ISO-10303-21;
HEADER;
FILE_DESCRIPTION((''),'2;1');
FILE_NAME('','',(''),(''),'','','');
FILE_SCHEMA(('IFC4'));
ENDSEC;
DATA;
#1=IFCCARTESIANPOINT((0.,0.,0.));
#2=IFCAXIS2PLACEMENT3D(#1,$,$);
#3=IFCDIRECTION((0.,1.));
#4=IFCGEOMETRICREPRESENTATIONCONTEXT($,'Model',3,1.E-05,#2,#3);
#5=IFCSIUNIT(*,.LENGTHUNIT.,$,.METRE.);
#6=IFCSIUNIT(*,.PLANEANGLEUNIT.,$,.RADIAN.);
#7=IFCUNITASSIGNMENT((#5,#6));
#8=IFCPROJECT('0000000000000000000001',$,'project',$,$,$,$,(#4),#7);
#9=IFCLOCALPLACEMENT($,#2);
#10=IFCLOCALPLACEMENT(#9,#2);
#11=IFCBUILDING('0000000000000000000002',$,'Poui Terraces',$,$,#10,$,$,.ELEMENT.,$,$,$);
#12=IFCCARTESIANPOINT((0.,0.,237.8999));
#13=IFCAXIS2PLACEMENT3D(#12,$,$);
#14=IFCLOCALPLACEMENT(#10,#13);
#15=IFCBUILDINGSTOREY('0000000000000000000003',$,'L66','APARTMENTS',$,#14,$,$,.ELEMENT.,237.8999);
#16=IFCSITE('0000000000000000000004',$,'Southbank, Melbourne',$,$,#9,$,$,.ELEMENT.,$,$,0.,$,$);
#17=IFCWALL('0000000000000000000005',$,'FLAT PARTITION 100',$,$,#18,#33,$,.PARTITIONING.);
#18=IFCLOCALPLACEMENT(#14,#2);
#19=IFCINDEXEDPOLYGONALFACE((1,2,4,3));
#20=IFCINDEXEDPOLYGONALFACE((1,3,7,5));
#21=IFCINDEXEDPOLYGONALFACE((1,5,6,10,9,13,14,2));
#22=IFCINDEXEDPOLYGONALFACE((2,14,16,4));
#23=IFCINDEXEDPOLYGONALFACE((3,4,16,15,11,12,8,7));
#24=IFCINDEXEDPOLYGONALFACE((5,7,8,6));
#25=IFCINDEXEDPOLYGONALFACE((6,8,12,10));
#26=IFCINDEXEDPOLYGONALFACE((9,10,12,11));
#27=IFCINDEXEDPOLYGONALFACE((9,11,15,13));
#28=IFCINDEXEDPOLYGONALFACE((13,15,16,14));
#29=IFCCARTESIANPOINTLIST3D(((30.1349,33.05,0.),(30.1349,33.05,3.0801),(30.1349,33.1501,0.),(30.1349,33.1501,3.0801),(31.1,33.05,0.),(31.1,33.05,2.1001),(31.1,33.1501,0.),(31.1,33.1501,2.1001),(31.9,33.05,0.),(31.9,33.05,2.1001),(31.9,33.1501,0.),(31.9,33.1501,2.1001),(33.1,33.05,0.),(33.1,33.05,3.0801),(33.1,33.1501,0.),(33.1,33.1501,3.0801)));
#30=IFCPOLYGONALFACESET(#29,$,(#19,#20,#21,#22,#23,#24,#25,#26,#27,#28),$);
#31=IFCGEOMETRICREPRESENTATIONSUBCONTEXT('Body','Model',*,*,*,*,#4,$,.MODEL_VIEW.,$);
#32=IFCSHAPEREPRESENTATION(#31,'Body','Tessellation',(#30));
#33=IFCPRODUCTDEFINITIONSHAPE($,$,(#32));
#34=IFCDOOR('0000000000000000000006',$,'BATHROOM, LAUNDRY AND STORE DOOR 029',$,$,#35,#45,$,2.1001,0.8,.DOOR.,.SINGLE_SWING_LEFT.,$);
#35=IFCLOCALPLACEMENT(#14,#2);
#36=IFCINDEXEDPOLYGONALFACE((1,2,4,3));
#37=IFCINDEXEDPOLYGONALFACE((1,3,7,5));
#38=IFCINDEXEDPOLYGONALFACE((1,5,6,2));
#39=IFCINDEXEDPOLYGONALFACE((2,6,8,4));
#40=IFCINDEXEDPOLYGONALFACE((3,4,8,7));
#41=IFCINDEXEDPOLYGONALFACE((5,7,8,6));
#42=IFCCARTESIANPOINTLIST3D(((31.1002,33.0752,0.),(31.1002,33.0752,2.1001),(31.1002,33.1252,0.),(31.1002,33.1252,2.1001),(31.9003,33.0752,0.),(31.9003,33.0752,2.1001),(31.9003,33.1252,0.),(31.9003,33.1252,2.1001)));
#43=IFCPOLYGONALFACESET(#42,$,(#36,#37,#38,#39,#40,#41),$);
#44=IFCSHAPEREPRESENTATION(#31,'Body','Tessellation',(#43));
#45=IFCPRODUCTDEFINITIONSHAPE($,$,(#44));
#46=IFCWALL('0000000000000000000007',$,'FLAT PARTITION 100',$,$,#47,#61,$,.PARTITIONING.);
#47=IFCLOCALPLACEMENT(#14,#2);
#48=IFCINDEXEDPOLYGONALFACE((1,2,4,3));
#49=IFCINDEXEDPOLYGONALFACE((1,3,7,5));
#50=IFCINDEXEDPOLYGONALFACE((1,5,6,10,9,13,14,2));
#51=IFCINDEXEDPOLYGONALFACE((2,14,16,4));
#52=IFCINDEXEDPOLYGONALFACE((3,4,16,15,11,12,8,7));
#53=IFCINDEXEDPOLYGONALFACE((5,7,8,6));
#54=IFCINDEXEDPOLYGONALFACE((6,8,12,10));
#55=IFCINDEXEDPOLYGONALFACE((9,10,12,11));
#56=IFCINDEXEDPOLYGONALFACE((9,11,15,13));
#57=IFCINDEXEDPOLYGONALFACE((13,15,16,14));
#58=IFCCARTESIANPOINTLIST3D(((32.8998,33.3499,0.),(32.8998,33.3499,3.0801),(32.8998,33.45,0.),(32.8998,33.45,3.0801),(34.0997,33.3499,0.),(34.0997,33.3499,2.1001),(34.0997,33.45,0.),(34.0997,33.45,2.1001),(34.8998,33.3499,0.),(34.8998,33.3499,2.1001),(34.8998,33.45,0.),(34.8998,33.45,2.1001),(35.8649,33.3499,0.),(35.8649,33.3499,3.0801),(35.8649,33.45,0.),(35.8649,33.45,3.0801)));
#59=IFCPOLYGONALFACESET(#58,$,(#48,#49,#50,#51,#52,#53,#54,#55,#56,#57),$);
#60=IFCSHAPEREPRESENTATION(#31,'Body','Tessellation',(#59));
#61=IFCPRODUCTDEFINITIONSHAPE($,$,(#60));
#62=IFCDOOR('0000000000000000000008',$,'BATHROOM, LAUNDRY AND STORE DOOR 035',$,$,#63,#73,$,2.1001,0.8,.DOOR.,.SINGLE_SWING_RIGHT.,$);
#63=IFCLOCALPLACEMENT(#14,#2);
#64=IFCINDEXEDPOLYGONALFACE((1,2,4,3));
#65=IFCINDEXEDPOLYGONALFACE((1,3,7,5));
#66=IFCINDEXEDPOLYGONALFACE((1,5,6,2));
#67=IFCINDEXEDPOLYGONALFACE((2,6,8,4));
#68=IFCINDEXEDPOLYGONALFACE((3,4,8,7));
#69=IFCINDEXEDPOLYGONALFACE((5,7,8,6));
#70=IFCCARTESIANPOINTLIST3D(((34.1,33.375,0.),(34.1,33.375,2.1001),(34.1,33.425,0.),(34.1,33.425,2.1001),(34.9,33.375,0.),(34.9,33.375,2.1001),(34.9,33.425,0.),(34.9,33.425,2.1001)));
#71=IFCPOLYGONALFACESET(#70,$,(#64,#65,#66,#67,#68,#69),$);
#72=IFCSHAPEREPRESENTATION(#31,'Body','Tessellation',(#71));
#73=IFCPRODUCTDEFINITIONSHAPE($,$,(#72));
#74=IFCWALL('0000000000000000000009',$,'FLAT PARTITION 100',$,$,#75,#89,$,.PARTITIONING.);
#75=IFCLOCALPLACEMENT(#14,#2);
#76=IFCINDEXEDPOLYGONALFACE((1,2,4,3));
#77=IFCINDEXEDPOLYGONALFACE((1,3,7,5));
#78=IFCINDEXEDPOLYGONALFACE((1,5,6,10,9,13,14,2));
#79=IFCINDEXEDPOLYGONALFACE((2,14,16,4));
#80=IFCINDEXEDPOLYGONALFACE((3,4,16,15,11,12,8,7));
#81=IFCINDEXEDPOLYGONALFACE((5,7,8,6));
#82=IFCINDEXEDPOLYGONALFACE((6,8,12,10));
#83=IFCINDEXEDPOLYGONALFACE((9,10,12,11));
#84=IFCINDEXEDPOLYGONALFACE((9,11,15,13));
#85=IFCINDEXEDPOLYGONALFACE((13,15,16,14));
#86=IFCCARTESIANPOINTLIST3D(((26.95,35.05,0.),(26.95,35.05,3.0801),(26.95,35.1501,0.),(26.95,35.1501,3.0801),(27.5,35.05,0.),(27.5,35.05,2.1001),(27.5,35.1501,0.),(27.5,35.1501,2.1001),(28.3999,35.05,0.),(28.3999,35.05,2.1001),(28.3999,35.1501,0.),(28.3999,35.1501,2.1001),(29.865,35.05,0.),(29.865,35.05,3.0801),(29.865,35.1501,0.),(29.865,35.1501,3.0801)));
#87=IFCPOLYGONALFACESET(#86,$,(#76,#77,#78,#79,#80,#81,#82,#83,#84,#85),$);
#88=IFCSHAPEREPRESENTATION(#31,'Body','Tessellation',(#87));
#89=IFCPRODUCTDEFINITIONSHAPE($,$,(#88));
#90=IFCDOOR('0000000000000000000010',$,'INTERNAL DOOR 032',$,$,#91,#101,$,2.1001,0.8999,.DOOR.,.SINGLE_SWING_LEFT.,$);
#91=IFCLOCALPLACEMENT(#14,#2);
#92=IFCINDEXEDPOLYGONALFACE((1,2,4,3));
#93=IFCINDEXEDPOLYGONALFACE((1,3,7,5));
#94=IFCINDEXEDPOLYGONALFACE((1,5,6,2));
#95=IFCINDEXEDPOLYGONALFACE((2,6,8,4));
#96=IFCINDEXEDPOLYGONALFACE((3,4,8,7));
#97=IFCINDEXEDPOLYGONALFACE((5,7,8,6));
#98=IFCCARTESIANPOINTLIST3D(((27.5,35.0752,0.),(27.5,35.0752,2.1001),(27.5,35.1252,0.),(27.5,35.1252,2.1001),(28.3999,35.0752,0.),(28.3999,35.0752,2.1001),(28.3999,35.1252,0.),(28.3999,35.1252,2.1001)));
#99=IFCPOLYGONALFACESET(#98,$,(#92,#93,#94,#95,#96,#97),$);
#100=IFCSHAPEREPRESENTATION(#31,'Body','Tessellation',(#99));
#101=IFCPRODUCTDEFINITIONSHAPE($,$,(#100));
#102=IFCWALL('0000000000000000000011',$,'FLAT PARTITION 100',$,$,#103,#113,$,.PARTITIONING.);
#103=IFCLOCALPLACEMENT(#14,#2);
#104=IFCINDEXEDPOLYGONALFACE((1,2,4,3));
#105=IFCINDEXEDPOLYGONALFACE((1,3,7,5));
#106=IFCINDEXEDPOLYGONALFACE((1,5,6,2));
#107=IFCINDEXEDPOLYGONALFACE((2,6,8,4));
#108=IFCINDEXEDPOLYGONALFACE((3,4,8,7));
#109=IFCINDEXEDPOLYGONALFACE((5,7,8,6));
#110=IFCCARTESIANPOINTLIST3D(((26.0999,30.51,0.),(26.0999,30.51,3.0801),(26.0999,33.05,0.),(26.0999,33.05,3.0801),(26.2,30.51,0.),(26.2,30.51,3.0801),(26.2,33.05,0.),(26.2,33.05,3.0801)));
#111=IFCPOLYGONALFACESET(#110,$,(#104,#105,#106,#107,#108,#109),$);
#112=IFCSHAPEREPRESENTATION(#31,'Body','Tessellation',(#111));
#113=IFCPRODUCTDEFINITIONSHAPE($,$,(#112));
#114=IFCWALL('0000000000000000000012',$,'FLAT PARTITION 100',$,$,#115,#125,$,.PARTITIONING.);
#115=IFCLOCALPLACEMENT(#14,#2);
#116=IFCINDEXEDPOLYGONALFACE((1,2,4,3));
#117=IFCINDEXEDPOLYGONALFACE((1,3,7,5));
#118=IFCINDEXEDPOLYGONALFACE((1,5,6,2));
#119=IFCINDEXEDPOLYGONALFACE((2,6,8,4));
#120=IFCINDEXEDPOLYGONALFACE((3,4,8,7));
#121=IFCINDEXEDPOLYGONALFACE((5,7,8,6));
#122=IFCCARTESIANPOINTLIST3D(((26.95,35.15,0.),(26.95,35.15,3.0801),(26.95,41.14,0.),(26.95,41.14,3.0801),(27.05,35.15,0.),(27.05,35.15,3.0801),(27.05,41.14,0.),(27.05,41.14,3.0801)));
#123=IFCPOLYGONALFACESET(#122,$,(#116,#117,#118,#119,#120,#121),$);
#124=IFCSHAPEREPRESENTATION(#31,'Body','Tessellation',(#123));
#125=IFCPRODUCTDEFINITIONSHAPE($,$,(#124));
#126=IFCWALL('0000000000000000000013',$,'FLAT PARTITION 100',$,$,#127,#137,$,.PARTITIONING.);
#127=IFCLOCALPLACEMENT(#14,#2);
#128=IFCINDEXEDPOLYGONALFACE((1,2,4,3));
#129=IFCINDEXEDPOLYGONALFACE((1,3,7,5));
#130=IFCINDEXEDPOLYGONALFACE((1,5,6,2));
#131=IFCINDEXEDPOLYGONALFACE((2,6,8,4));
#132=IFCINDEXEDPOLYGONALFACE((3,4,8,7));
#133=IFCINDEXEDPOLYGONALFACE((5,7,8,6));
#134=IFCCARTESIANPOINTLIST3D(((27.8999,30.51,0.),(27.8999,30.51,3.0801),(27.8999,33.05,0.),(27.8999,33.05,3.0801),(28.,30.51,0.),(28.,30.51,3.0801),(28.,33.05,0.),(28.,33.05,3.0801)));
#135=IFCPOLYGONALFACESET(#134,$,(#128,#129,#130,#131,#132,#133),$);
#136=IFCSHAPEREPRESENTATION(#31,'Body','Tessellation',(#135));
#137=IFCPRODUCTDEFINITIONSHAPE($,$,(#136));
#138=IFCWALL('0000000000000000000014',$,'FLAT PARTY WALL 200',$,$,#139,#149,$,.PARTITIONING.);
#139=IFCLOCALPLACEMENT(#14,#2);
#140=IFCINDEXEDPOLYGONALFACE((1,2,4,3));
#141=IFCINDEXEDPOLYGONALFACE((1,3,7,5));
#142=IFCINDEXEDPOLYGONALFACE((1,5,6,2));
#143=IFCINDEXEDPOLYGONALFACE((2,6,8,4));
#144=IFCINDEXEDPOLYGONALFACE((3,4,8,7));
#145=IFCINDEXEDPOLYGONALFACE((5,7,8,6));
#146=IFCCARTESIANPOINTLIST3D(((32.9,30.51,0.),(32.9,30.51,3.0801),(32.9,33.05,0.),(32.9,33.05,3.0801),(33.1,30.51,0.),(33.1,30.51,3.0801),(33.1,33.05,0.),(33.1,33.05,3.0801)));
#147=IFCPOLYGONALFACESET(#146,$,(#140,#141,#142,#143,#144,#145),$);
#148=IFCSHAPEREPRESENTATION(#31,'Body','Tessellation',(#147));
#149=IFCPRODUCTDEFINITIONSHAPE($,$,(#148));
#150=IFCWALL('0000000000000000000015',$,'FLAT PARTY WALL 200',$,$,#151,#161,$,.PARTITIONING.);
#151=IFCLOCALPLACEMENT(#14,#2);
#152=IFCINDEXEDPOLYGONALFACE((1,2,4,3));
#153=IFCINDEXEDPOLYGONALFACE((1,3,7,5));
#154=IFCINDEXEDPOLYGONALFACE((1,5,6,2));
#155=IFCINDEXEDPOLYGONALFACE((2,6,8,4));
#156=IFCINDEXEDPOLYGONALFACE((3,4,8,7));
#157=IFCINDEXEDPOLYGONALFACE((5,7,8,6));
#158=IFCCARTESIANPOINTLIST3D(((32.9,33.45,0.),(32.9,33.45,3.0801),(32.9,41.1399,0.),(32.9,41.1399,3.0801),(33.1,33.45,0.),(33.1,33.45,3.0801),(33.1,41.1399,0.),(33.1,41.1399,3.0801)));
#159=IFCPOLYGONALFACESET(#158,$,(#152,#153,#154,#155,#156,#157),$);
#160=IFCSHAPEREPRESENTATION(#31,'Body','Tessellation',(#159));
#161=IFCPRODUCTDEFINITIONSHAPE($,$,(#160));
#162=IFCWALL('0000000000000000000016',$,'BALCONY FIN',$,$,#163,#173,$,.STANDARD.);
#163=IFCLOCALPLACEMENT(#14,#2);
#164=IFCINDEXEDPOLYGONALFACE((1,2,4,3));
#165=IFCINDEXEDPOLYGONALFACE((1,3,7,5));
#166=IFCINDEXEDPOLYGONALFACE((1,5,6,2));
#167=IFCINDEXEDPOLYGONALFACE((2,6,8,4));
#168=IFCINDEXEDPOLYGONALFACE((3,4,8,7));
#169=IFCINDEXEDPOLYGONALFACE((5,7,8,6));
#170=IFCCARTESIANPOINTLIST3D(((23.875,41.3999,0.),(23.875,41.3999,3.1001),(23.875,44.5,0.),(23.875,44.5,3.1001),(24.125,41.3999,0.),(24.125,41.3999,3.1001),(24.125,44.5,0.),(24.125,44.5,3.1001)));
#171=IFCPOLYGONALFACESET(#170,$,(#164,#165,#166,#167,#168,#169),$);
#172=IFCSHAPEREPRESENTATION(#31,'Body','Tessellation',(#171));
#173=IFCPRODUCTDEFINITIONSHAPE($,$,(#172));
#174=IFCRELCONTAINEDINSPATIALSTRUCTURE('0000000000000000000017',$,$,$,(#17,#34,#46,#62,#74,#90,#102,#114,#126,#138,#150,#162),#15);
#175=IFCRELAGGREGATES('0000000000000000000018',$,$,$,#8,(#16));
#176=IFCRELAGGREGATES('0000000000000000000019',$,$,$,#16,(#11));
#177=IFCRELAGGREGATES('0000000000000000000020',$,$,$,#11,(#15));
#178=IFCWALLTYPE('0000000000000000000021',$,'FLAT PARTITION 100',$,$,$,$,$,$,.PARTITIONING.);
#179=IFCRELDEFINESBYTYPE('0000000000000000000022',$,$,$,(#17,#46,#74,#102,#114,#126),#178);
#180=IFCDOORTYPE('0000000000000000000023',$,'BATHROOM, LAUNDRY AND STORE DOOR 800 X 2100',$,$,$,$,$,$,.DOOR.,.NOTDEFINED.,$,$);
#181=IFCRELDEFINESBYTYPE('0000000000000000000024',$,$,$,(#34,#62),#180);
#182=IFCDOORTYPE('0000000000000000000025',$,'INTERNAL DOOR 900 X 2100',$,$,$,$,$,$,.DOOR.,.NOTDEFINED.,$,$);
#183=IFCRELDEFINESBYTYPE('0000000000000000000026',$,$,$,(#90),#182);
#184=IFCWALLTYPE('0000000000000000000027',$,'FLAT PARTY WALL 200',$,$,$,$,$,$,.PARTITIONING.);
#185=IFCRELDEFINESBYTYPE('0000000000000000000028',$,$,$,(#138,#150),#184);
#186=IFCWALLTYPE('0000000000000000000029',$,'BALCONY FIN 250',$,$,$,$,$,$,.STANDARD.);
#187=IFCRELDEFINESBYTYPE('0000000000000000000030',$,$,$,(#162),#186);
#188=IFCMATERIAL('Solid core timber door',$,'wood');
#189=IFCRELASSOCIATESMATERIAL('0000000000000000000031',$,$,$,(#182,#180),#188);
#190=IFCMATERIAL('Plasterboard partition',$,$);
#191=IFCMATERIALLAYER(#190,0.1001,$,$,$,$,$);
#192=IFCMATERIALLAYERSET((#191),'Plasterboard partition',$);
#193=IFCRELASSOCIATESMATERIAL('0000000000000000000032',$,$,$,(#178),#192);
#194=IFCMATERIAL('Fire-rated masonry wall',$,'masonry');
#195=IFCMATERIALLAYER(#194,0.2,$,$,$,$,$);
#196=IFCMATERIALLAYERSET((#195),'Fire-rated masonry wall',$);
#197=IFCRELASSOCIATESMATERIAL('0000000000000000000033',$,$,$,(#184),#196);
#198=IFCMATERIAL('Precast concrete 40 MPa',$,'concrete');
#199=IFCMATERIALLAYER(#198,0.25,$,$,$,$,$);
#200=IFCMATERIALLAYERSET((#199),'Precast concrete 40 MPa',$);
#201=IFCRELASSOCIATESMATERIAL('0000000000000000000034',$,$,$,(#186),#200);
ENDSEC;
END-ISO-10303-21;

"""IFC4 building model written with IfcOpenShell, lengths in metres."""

from ifc_helpers import new_model, si_unit, direction, frame, frame_2d, origin, place, context, subcontext, project, spatial, polyline, rectangle, outline, extrude, source, transform, mapped, material, layer, layer_set, type_object, element, fill, save


model = new_model("IFC4")

# Units and contexts
model_context = context("Model", 3, precision=1e-05, world=origin(), true_north=direction((0.0, 1.0)))
body_context = subcontext(model_context, "Body", "Model", "MODEL_VIEW")
ifc_project = project(units=[si_unit("LENGTHUNIT", "METRE"), si_unit("PLANEANGLEUNIT", "RADIAN")], contexts=[model_context])

# Site, building, storey
site_placement = place(None, origin())
site = spatial("IfcSite", under=ifc_project, at=site_placement, Name="Southbank, Melbourne", CompositionType="ELEMENT", RefElevation=0.0)
building_placement = place(site_placement, origin())
building = spatial("IfcBuilding", under=site, at=building_placement, Name="Poui Terraces", CompositionType="ELEMENT")
storey_placement = place(building_placement, frame((0.0, 0.0, 237.8999)))
storey = spatial("IfcBuildingStorey", under=building, at=storey_placement, Name="L66", Description="APARTMENTS", CompositionType="ELEMENT", Elevation=237.8999)

# Walls, openings, doors
ifc_material_1 = material(Name="Solid core timber door", Category="wood")
door_type_1 = type_object("IfcDoorType", Name="INTERNAL DOOR 900 X 2100", OperationType="NOTDEFINED", PredefinedType="DOOR", material=ifc_material_1)
ifc_material_2 = material(Name="Plasterboard partition")
ifc_layer_1 = layer(ifc_material_2, 0.1001)
ifc_layer_set_1 = layer_set([ifc_layer_1], Name="Plasterboard partition")
wall_type_1 = type_object("IfcWallType", Name="FLAT PARTITION 100", PredefinedType="PARTITIONING", material=ifc_layer_set_1)
door_type_2 = type_object("IfcDoorType", Name="BATHROOM, LAUNDRY AND STORE DOOR 800 X 2100", OperationType="NOTDEFINED", PredefinedType="DOOR", material=ifc_material_1)
wall_1_placement = place(storey_placement, frame((30.135, 33.1001, 0.0), z_axis=(0.0, 0.0, 1.0), x_axis=(1.0, 0.0, 0.0)))
wall_1 = element("IfcWall", 1, at=wall_1_placement, inside=storey, type_object=wall_type_1, Name="FLAT PARTITION 100", PredefinedType="PARTITIONING", context=body_context, shape_type="SweptSolid", body=[
    extrude(rectangle(XDim=2.9651, YDim=0.1001, at=frame_2d((1.4824, 0.0))), origin(), (0.0, 0.0, 1.0), 3.0801),
])
opening_1_placement = place(wall_1_placement, frame((0.9651, 0.0, 0.0)))
opening_1 = element("IfcOpeningElement", 2, at=opening_1_placement, cuts=wall_1, PredefinedType="OPENING", context=body_context, shape_type="SweptSolid", body=[
    extrude(rectangle(XDim=0.8, YDim=2.1001, at=frame_2d((0.3999, 1.05))), frame((0.0, 0.0601, 0.0), z_axis=(0.0, -1.0, 0.0), x_axis=(1.0, 0.0, 0.0)), (0.0, 0.0, 1.0), 0.1201),
])
door_1_placement = place(opening_1_placement, frame((0.8, 0.0, 0.0), z_axis=(0.0, 0.0, 1.0), x_axis=(-1.0, 0.0, 0.0)))
door_1 = element("IfcDoor", 3, at=door_1_placement, inside=storey, type_object=door_type_2, Name="BATHROOM, LAUNDRY AND STORE DOOR 029", OperationType="SINGLE_SWING_LEFT", OverallHeight=2.1001, OverallWidth=0.8, PredefinedType="DOOR", context=body_context, shape_type="SweptSolid", body=[
    extrude(rectangle(XDim=0.8, YDim=2.1001, at=frame_2d((0.3999, 1.05))), frame((0.0, 0.0249, 0.0), z_axis=(0.0, -1.0, 0.0), x_axis=(1.0, 0.0, 0.0)), (0.0, 0.0, 1.0), 0.05),
])
fill(opening_1, door_1)
wall_2_placement = place(storey_placement, frame((32.8999, 33.3999, 0.0), z_axis=(0.0, 0.0, 1.0), x_axis=(1.0, 0.0, 0.0)))
wall_2 = element("IfcWall", 4, at=wall_2_placement, inside=storey, type_object=wall_type_1, Name="FLAT PARTITION 100", PredefinedType="PARTITIONING", context=body_context, shape_type="SweptSolid", body=[
    extrude(rectangle(XDim=2.9651, YDim=0.1001, at=frame_2d((1.4824, 0.0))), origin(), (0.0, 0.0, 1.0), 3.0801),
])
opening_2_placement = place(wall_2_placement, frame((1.2, 0.0, 0.0)))
opening_2 = element("IfcOpeningElement", 5, at=opening_2_placement, cuts=wall_2, PredefinedType="OPENING", context=body_context, shape_type="SweptSolid", body=[
    extrude(rectangle(XDim=0.8, YDim=2.1001, at=frame_2d((0.3999, 1.05))), frame((0.0, 0.0601, 0.0), z_axis=(0.0, -1.0, 0.0), x_axis=(1.0, 0.0, 0.0)), (0.0, 0.0, 1.0), 0.1201),
])
door_2_placement = place(opening_2_placement, frame((0.8, 0.0, 0.0), z_axis=(0.0, 0.0, 1.0), x_axis=(-1.0, 0.0, 0.0)))
door_2 = element("IfcDoor", 6, at=door_2_placement, inside=storey, type_object=door_type_2, Name="BATHROOM, LAUNDRY AND STORE DOOR 035", OperationType="SINGLE_SWING_RIGHT", OverallHeight=2.1001, OverallWidth=0.8, PredefinedType="DOOR", context=body_context, shape_type="SweptSolid", body=[
    extrude(rectangle(XDim=0.8, YDim=2.1001, at=frame_2d((0.3999, 1.05))), frame((0.0, 0.0249, 0.0), z_axis=(0.0, -1.0, 0.0), x_axis=(1.0, 0.0, 0.0)), (0.0, 0.0, 1.0), 0.05),
])
fill(opening_2, door_2)
wall_3_placement = place(storey_placement, frame((26.95, 35.1001, 0.0), z_axis=(0.0, 0.0, 1.0), x_axis=(1.0, 0.0, 0.0)))
wall_3 = element("IfcWall", 7, at=wall_3_placement, inside=storey, type_object=wall_type_1, Name="FLAT PARTITION 100", PredefinedType="PARTITIONING", context=body_context, shape_type="SweptSolid", body=[
    extrude(rectangle(XDim=2.915, YDim=0.1001, at=frame_2d((1.4575, 0.0))), origin(), (0.0, 0.0, 1.0), 3.0801),
])
opening_3_placement = place(wall_3_placement, frame((0.55, 0.0, 0.0)))
opening_3 = element("IfcOpeningElement", 8, at=opening_3_placement, cuts=wall_3, PredefinedType="OPENING", context=body_context, shape_type="SweptSolid", body=[
    extrude(rectangle(XDim=0.8999, YDim=2.1001, at=frame_2d((0.45, 1.05))), frame((0.0, 0.0601, 0.0), z_axis=(0.0, -1.0, 0.0), x_axis=(1.0, 0.0, 0.0)), (0.0, 0.0, 1.0), 0.1201),
])
door_3_placement = place(opening_3_placement, frame((0.8999, 0.0, 0.0), z_axis=(0.0, 0.0, 1.0), x_axis=(-1.0, 0.0, 0.0)))
door_3 = element("IfcDoor", 9, at=door_3_placement, inside=storey, type_object=door_type_1, Name="INTERNAL DOOR 032", OperationType="SINGLE_SWING_LEFT", OverallHeight=2.1001, OverallWidth=0.8999, PredefinedType="DOOR", context=body_context, shape_type="SweptSolid", body=[
    extrude(rectangle(XDim=0.8999, YDim=2.1001, at=frame_2d((0.45, 1.05))), frame((0.0, 0.0249, 0.0), z_axis=(0.0, -1.0, 0.0), x_axis=(1.0, 0.0, 0.0)), (0.0, 0.0, 1.0), 0.05),
])
fill(opening_3, door_3)

# Walls
wall_4_placement = place(storey_placement, frame((26.1499, 30.51, 0.0), z_axis=(0.0, 0.0, 1.0), x_axis=(0.0, 1.0, 0.0)))
element("IfcWall", 10, at=wall_4_placement, inside=storey, type_object=wall_type_1, Name="FLAT PARTITION 100", PredefinedType="PARTITIONING", context=body_context, shape_type="SweptSolid", body=[
    extrude(rectangle(XDim=2.54, YDim=0.1001, at=frame_2d((1.27, 0.0))), origin(), (0.0, 0.0, 1.0), 3.0801),
])
wall_5_placement = place(storey_placement, frame((27.0, 35.1499, 0.0), z_axis=(0.0, 0.0, 1.0), x_axis=(0.0, 1.0, 0.0)))
element("IfcWall", 11, at=wall_5_placement, inside=storey, type_object=wall_type_1, Name="FLAT PARTITION 100", PredefinedType="PARTITIONING", context=body_context, shape_type="SweptSolid", body=[
    extrude(rectangle(XDim=5.99, YDim=0.1001, at=frame_2d((2.9951, 0.0))), origin(), (0.0, 0.0, 1.0), 3.0801),
])
wall_6_placement = place(storey_placement, frame((27.95, 30.51, 0.0), z_axis=(0.0, 0.0, 1.0), x_axis=(0.0, 1.0, 0.0)))
element("IfcWall", 12, at=wall_6_placement, inside=storey, type_object=wall_type_1, Name="FLAT PARTITION 100", PredefinedType="PARTITIONING", context=body_context, shape_type="SweptSolid", body=[
    extrude(rectangle(XDim=2.54, YDim=0.1001, at=frame_2d((1.27, 0.0))), origin(), (0.0, 0.0, 1.0), 3.0801),
])
ifc_material_3 = material(Name="Fire-rated masonry wall", Category="masonry")
ifc_layer_2 = layer(ifc_material_3, 0.2)
ifc_layer_set_2 = layer_set([ifc_layer_2], Name="Fire-rated masonry wall")
wall_type_2 = type_object("IfcWallType", Name="FLAT PARTY WALL 200", PredefinedType="PARTITIONING", material=ifc_layer_set_2)
wall_7_placement = place(storey_placement, frame((33.0, 30.51, 0.0), z_axis=(0.0, 0.0, 1.0), x_axis=(0.0, 1.0, 0.0)))
element("IfcWall", 13, at=wall_7_placement, inside=storey, type_object=wall_type_2, Name="FLAT PARTY WALL 200", PredefinedType="PARTITIONING", context=body_context, shape_type="SweptSolid", body=[
    extrude(rectangle(XDim=2.54, YDim=0.2, at=frame_2d((1.27, 0.0))), origin(), (0.0, 0.0, 1.0), 3.0801),
])
wall_8_placement = place(storey_placement, frame((33.0, 33.45, 0.0), z_axis=(0.0, 0.0, 1.0), x_axis=(0.0, 1.0, 0.0)))
element("IfcWall", 14, at=wall_8_placement, inside=storey, type_object=wall_type_2, Name="FLAT PARTY WALL 200", PredefinedType="PARTITIONING", context=body_context, shape_type="SweptSolid", body=[
    extrude(rectangle(XDim=7.6899, YDim=0.2, at=frame_2d((3.845, 0.0))), origin(), (0.0, 0.0, 1.0), 3.0801),
])
ifc_material_4 = material(Name="Precast concrete 40 MPa", Category="concrete")
ifc_layer_3 = layer(ifc_material_4, 0.25)
ifc_layer_set_3 = layer_set([ifc_layer_3], Name="Precast concrete 40 MPa")
wall_type_3 = type_object("IfcWallType", Name="BALCONY FIN 250", PredefinedType="STANDARD", material=ifc_layer_set_3)
shared_shape_1 = source(origin(), body_context, "Body", "SweptSolid", [
    extrude(outline(polyline([(0.0, 0.0), (0.25, 0.0), (0.25, 3.1001), (0.0, 3.1001), (0.0, 0.0)])), origin(), (0.0, 0.0, 1.0), 3.1001),
])
for number, where, name in (
    (15, (23.875, 41.3999, 0.0), "BALCONY FIN"),
):
    element("IfcWall", number, at=place(storey_placement, frame(where)), inside=storey, type_object=wall_type_3, Name=name, PredefinedType="STANDARD", context=body_context, shape_type="MappedRepresentation", body=[
        mapped(shared_shape_1, transform((0.0, 0.0, 0.0))),
    ])

save(model, "model.ifc")
